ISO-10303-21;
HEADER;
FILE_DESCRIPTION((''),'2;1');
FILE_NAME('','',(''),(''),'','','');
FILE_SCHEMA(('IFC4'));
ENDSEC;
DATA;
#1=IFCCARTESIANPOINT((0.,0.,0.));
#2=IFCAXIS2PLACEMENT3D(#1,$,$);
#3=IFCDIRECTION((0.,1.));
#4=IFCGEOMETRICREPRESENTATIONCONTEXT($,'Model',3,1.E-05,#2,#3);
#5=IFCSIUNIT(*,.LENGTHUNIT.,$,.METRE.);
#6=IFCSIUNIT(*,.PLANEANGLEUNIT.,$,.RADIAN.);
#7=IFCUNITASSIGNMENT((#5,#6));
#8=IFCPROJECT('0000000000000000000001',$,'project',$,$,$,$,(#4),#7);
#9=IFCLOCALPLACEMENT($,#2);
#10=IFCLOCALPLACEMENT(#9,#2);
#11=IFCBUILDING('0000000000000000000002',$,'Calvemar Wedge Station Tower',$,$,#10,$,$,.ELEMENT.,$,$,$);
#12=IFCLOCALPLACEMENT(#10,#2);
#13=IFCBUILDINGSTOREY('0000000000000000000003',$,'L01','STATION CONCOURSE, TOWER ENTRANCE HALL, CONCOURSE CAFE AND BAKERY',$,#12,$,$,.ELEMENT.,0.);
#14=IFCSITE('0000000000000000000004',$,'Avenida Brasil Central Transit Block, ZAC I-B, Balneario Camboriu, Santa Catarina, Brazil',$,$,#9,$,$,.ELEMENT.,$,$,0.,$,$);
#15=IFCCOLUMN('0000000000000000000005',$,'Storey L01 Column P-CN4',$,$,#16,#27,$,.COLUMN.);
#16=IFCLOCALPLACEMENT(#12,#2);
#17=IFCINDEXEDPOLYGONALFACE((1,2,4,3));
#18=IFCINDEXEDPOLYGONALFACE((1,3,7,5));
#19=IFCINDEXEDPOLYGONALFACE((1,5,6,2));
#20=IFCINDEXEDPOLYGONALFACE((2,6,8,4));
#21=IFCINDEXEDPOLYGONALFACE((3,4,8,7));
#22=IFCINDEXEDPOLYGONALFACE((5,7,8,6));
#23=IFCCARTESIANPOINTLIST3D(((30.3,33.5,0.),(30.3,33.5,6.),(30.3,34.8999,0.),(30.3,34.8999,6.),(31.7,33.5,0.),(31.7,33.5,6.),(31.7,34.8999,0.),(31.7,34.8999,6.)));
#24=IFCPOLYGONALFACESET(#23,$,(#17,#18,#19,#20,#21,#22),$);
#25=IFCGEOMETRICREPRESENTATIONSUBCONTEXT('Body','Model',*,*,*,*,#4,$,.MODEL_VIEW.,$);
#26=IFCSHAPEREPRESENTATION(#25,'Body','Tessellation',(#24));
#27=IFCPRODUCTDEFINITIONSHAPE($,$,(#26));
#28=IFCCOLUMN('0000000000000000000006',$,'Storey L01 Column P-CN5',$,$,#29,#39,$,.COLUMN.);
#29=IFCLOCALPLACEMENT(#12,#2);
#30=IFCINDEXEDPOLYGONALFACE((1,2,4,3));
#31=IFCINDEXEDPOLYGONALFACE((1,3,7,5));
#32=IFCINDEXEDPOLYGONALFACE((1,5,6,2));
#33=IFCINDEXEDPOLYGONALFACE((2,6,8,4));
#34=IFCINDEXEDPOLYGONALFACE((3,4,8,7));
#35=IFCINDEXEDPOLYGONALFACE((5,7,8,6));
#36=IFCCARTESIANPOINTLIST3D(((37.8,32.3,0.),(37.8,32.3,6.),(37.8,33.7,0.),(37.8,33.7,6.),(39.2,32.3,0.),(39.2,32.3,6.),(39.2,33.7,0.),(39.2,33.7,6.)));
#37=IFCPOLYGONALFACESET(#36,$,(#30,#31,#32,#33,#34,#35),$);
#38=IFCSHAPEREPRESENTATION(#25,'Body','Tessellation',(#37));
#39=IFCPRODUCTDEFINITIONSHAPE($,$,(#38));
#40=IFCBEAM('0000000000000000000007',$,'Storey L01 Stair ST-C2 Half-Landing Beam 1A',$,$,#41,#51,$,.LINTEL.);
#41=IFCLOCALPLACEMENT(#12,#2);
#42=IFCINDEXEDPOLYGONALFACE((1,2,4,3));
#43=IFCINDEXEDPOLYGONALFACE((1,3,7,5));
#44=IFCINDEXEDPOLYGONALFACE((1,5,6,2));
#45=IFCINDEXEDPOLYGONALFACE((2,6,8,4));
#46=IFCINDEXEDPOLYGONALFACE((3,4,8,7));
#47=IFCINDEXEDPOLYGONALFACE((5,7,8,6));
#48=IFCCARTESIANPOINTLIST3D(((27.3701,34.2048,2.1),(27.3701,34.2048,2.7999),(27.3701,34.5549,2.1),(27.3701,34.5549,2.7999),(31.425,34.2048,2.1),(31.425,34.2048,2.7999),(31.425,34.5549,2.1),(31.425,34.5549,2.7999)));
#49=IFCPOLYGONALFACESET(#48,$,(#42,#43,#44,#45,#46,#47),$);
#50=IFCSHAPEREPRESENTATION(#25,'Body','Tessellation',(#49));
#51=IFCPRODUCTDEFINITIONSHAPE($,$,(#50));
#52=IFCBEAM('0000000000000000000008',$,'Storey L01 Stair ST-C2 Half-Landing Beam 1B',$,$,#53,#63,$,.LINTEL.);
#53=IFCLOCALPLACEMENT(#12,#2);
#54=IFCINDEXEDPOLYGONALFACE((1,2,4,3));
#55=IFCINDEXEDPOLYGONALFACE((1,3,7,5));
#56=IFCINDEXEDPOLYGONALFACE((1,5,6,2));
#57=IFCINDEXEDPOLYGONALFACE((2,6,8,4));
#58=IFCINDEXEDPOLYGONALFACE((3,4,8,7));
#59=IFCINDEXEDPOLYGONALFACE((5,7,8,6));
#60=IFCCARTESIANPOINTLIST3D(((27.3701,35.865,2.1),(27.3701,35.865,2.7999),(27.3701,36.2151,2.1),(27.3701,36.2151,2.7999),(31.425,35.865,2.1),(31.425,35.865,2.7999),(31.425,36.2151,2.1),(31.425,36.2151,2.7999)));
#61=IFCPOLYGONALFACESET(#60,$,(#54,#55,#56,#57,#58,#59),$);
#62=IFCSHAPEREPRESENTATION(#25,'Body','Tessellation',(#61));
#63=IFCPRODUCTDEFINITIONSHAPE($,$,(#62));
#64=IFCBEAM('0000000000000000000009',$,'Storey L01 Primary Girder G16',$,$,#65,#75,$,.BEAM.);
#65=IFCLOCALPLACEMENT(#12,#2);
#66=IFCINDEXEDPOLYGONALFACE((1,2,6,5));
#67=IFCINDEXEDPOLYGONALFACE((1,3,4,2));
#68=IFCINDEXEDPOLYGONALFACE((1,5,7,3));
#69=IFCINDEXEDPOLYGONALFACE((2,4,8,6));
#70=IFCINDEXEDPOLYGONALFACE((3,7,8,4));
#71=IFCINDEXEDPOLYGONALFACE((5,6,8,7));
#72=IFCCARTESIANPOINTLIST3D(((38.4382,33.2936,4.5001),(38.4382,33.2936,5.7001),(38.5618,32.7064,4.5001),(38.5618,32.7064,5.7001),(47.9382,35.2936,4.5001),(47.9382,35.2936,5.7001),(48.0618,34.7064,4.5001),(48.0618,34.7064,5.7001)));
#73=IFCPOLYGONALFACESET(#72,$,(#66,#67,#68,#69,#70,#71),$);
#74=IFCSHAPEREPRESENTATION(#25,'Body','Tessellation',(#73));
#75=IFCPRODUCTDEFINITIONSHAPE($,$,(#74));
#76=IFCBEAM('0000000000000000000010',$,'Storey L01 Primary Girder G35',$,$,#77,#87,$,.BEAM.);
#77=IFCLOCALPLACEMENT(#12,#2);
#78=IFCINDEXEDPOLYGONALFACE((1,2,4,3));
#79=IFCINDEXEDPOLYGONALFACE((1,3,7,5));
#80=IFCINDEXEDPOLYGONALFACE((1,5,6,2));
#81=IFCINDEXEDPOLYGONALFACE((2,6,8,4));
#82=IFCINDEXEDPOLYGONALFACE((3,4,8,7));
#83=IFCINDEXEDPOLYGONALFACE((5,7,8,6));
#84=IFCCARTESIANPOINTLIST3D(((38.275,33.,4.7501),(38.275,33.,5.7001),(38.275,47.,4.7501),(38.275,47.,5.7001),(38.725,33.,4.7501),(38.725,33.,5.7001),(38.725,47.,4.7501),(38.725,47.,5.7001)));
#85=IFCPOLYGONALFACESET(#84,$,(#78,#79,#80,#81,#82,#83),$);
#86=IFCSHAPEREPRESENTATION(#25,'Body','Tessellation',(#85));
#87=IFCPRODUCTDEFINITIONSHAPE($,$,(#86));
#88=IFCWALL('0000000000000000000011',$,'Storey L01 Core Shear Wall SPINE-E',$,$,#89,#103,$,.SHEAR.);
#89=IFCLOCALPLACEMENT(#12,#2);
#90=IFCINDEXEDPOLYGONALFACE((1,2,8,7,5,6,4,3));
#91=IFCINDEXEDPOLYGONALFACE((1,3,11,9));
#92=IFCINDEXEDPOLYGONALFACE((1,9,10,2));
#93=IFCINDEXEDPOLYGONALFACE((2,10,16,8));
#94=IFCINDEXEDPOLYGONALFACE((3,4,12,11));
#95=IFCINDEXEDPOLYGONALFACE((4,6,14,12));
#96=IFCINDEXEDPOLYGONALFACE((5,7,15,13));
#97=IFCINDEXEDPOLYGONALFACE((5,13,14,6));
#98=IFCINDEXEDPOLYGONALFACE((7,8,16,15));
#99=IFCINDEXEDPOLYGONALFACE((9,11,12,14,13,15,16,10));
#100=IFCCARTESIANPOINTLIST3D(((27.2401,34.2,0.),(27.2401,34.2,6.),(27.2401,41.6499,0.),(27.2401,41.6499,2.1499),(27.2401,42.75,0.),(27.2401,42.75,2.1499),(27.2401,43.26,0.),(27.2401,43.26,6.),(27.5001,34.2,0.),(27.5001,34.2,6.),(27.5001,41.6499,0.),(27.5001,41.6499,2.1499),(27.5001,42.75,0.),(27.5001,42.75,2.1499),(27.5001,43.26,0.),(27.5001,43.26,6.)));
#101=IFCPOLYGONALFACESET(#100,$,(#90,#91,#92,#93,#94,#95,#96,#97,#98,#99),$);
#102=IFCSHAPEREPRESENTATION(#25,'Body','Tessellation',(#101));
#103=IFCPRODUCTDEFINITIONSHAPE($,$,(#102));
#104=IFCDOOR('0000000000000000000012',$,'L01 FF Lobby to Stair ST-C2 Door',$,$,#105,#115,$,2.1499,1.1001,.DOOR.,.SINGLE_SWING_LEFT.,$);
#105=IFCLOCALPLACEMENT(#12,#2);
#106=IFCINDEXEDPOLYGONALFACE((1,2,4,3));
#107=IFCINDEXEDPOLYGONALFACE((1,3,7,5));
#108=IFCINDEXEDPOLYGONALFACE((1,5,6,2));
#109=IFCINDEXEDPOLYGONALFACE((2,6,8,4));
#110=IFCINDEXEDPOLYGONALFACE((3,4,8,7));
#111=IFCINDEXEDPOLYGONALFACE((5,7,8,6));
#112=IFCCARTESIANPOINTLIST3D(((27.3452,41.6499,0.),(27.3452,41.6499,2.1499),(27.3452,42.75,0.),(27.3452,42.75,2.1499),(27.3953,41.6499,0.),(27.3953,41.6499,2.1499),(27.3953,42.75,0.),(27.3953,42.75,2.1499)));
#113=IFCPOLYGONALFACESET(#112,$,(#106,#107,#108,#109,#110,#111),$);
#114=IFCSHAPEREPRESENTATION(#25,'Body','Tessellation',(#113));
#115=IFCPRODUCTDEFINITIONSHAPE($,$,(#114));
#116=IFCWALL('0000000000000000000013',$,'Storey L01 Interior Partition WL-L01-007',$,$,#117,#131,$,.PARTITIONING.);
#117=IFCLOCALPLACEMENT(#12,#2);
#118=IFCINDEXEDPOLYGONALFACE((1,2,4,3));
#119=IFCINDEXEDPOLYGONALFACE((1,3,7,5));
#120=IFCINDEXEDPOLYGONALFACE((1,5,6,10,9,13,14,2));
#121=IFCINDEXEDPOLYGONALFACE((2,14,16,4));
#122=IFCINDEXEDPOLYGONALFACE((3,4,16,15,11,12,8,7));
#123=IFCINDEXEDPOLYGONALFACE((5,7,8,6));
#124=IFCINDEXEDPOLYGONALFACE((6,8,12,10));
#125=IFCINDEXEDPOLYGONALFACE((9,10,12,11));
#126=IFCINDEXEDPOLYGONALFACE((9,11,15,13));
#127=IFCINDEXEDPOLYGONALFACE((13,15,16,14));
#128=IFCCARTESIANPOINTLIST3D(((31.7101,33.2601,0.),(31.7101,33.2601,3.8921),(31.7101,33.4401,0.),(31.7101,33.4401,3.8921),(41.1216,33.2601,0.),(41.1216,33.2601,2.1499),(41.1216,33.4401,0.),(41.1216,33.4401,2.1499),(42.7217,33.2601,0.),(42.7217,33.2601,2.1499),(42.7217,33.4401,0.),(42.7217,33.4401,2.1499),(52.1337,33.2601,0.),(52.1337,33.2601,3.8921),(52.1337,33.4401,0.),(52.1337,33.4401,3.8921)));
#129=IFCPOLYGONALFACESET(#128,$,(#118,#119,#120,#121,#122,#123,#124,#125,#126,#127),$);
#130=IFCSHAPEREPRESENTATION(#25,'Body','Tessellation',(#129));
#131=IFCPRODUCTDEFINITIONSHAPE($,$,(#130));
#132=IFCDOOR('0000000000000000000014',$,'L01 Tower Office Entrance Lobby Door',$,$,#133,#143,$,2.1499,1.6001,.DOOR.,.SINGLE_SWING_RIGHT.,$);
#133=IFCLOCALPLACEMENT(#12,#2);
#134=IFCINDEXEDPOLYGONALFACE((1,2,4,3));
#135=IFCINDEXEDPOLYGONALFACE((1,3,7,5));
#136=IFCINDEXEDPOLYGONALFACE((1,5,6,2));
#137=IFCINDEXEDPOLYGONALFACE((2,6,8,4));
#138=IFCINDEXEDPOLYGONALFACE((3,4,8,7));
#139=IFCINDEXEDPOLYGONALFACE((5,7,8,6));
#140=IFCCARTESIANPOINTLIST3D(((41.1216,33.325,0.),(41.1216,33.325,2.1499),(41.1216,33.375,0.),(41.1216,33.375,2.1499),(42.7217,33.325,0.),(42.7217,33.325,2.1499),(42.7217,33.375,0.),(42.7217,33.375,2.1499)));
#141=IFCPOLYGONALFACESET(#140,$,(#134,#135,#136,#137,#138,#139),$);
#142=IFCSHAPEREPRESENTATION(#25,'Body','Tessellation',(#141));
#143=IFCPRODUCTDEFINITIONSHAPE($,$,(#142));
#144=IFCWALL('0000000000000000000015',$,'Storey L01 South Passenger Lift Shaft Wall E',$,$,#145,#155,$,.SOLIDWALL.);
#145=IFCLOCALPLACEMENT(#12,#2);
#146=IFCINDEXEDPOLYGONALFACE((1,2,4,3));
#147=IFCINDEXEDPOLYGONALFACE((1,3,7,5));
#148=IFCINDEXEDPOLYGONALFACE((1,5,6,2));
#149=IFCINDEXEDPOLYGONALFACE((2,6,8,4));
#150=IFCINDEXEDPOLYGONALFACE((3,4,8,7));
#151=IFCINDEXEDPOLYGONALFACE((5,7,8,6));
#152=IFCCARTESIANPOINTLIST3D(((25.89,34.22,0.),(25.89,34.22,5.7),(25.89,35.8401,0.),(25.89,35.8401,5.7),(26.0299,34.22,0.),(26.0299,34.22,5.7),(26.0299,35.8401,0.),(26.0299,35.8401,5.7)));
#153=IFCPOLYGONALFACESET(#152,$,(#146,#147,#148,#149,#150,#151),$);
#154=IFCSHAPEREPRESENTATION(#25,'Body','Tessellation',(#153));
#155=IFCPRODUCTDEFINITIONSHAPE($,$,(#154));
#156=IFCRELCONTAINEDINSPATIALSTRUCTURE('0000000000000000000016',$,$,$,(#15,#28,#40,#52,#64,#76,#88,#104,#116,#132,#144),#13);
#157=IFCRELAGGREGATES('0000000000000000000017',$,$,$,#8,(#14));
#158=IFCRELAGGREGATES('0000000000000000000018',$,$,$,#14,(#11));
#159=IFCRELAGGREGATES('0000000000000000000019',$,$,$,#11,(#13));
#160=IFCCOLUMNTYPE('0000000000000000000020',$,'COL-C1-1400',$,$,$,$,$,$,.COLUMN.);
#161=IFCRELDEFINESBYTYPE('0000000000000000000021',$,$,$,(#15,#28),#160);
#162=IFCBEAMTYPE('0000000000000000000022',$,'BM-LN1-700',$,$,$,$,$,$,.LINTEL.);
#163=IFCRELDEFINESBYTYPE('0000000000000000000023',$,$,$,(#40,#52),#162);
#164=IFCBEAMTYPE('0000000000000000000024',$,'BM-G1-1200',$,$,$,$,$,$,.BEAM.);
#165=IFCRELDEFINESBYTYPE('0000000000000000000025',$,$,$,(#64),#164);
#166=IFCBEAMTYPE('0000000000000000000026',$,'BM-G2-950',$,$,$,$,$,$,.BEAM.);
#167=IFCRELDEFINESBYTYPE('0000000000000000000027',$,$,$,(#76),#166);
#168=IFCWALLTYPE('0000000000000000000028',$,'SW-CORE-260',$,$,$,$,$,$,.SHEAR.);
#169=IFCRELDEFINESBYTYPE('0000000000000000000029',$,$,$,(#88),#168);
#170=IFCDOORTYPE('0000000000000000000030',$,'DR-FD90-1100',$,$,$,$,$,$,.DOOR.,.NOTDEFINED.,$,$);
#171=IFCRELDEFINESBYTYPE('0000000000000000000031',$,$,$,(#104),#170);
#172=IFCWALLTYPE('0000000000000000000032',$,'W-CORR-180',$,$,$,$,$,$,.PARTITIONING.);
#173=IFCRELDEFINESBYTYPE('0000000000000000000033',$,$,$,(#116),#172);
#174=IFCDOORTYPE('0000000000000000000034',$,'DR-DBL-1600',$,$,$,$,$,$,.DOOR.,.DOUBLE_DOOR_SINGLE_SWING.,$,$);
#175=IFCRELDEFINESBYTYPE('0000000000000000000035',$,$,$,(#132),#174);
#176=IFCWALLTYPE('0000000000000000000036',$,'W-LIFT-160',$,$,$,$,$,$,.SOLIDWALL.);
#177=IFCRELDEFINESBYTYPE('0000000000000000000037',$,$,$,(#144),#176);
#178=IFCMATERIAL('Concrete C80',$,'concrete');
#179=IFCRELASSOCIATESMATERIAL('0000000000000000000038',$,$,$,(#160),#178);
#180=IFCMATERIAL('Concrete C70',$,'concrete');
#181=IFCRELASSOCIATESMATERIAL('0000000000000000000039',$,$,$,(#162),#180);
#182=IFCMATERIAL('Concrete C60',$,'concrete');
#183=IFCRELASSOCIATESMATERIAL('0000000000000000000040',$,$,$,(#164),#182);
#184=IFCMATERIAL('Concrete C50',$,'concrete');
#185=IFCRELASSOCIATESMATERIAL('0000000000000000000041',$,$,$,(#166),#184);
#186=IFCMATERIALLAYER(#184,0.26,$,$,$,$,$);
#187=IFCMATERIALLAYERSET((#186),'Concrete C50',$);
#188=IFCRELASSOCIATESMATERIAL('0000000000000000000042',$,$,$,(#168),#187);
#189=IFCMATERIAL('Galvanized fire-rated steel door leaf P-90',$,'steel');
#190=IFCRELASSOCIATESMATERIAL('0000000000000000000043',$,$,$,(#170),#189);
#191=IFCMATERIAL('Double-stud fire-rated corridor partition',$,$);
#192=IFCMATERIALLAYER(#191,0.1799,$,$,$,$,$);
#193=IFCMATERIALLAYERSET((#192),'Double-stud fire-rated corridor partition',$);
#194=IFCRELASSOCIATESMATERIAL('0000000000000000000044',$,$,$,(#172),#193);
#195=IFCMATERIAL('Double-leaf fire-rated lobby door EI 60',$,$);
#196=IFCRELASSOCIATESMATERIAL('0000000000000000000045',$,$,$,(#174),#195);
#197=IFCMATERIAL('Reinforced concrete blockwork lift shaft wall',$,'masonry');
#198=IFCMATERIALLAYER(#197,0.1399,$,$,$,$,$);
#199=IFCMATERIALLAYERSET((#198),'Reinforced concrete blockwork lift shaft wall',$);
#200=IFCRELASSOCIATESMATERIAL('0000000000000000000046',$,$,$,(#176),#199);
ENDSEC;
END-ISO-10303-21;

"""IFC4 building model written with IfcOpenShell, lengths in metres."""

from ifc_helpers import new_model, si_unit, direction, frame, frame_2d, origin, origin_2d, place, context, subcontext, project, spatial, rectangle, extrude, source, transform, mapped, material, layer, layer_set, material_profile, profile_set, type_object, element, fill, save


model = new_model("IFC4")

# Units and contexts
model_context = context("Model", 3, precision=1e-05, world=origin(), true_north=direction((0.0, 1.0)))
body_context = subcontext(model_context, "Body", "Model", "MODEL_VIEW")
ifc_project = project(units=[si_unit("LENGTHUNIT", "METRE"), si_unit("PLANEANGLEUNIT", "RADIAN")], contexts=[model_context])

# Site, building, storey
site_placement = place(None, origin())
site = spatial("IfcSite", under=ifc_project, at=site_placement, Name="Avenida Brasil Central Transit Block, ZAC I-B, Balneario Camboriu, Santa Catarina, Brazil", CompositionType="ELEMENT", RefElevation=0.0)
building_placement = place(site_placement, origin())
building = spatial("IfcBuilding", under=site, at=building_placement, Name="Calvemar Wedge Station Tower", CompositionType="ELEMENT")
storey_placement = place(building_placement, origin())
storey = spatial("IfcBuildingStorey", under=building, at=storey_placement, Name="L01", Description="STATION CONCOURSE, TOWER ENTRANCE HALL, CONCOURSE CAFE AND BAKERY", CompositionType="ELEMENT", Elevation=0.0)

# Columns
ifc_material_1 = material(Name="Concrete C80", Category="concrete")
ifc_material_profile_1 = material_profile(ifc_material_1, rectangle(XDim=1.3999, YDim=1.3999, at=origin_2d()), Name="RC1400x1400")
ifc_profile_set_1 = profile_set([ifc_material_profile_1], Name="Concrete C80")
column_type = type_object("IfcColumnType", Name="COL-C1-1400", PredefinedType="COLUMN", material=ifc_profile_set_1)
shared_shape_1 = source(origin(), body_context, "Body", "SweptSolid", [
    extrude(rectangle(XDim=1.3999, YDim=1.3999, at=origin_2d()), origin(), (0.0, 0.0, 1.0), 6.0),
])
for number, where, z_axis, x_axis, name in (
    (1, (31.0, 34.2, 0.0), (0.0, 0.0, 1.0), (1.0, 0.0, 0.0), "Storey L01 Column P-CN4"),
    (2, (38.5, 33.0, 0.0), (0.0, 0.0, 1.0), (1.0, 0.0, 0.0), "Storey L01 Column P-CN5"),
):
    element("IfcColumn", number, at=place(storey_placement, frame(where, z_axis=z_axis, x_axis=x_axis)), inside=storey, type_object=column_type, Name=name, PredefinedType="COLUMN", context=body_context, shape_type="MappedRepresentation", body=[
        mapped(shared_shape_1, transform((0.0, 0.0, 0.0), scale=1.0)),
    ])

# Beams
ifc_material_2 = material(Name="Concrete C70", Category="concrete")
ifc_material_profile_2 = material_profile(ifc_material_2, rectangle(XDim=0.3501, YDim=0.7, at=origin_2d()), Name="RC350x700")
ifc_profile_set_2 = profile_set([ifc_material_profile_2], Name="Concrete C70")
beam_type_1 = type_object("IfcBeamType", Name="BM-LN1-700", PredefinedType="LINTEL", material=ifc_profile_set_2)
shared_shape_2 = source(origin(), body_context, "Body", "SweptSolid", [
    extrude(rectangle(XDim=0.3501, YDim=0.7, at=origin_2d()), origin(), (0.0, 0.0, 1.0), 4.0549),
])
for number, where, z_axis, x_axis, name in (
    (3, (27.3701, 34.3799, 2.45), (1.0, 0.0, 0.0), (0.0, 1.0, 0.0), "Storey L01 Stair ST-C2 Half-Landing Beam 1A"),
    (4, (27.3701, 36.04, 2.45), (1.0, 0.0, 0.0), (0.0, 1.0, 0.0), "Storey L01 Stair ST-C2 Half-Landing Beam 1B"),
):
    element("IfcBeam", number, at=place(storey_placement, frame(where, z_axis=z_axis, x_axis=x_axis)), inside=storey, type_object=beam_type_1, Name=name, PredefinedType="LINTEL", context=body_context, shape_type="MappedRepresentation", body=[
        mapped(shared_shape_2, transform((0.0, 0.0, 0.0), scale=1.0)),
    ])
ifc_material_3 = material(Name="Concrete C60", Category="concrete")
ifc_material_profile_3 = material_profile(ifc_material_3, rectangle(XDim=0.6001, YDim=1.2, at=origin_2d()), Name="RC600x1200")
ifc_profile_set_3 = profile_set([ifc_material_profile_3], Name="Concrete C60")
beam_type_2 = type_object("IfcBeamType", Name="BM-G1-1200", PredefinedType="BEAM", material=ifc_profile_set_3)
shared_shape_3 = source(origin(), body_context, "Body", "SweptSolid", [
    extrude(rectangle(XDim=0.6001, YDim=1.2, at=origin_2d()), origin(), (0.0, 0.0, 1.0), 9.7083),
])
beam_1_placement = place(storey_placement, frame((38.5, 33.0, 5.1001), z_axis=(0.97855, 0.20601, 0.0), x_axis=(-0.20601, 0.97855, 0.0)))
element("IfcBeam", 5, at=beam_1_placement, inside=storey, type_object=beam_type_2, Name="Storey L01 Primary Girder G16", PredefinedType="BEAM", context=body_context, shape_type="MappedRepresentation", body=[
    mapped(shared_shape_3, transform((0.0, 0.0, 0.0), scale=1.0)),
])
ifc_material_4 = material(Name="Concrete C50", Category="concrete")
ifc_material_profile_4 = material_profile(ifc_material_4, rectangle(XDim=0.45, YDim=0.95, at=origin_2d()), Name="RC450x950")
ifc_profile_set_4 = profile_set([ifc_material_profile_4], Name="Concrete C50")
beam_type_3 = type_object("IfcBeamType", Name="BM-G2-950", PredefinedType="BEAM", material=ifc_profile_set_4)
shared_shape_4 = source(origin(), body_context, "Body", "SweptSolid", [
    extrude(rectangle(XDim=0.45, YDim=0.95, at=origin_2d()), origin(), (0.0, 0.0, 1.0), 14.0),
])
beam_2_placement = place(storey_placement, frame((38.5, 33.0, 5.2251), z_axis=(0.0, 1.0, 0.0), x_axis=(-1.0, 0.0, 0.0)))
element("IfcBeam", 6, at=beam_2_placement, inside=storey, type_object=beam_type_3, Name="Storey L01 Primary Girder G35", PredefinedType="BEAM", context=body_context, shape_type="MappedRepresentation", body=[
    mapped(shared_shape_4, transform((0.0, 0.0, 0.0), scale=1.0)),
])

# Walls, openings, doors
ifc_layer_1 = layer(ifc_material_4, 0.26)
ifc_layer_set_1 = layer_set([ifc_layer_1], Name="Concrete C50")
wall_type_1 = type_object("IfcWallType", Name="SW-CORE-260", PredefinedType="SHEAR", material=ifc_layer_set_1)
wall_1_placement = place(storey_placement, frame((27.3701, 34.2, 0.0), z_axis=(0.0, 0.0, 1.0), x_axis=(0.0, 1.0, 0.0)))
wall_1 = element("IfcWall", 7, at=wall_1_placement, inside=storey, type_object=wall_type_1, Name="Storey L01 Core Shear Wall SPINE-E", PredefinedType="SHEAR", context=body_context, shape_type="SweptSolid", body=[
    extrude(rectangle(XDim=9.0601, YDim=0.26, at=frame_2d((4.53, 0.0))), origin(), (0.0, 0.0, 1.0), 6.0),
])
shared_shape_5 = source(origin(), body_context, "Body", "SweptSolid", [
    extrude(rectangle(XDim=1.1001, YDim=2.1499, at=frame_2d((0.55, 1.075))), frame((0.0, 0.1401, 0.0), z_axis=(0.0, -1.0, 0.0), x_axis=(1.0, 0.0, 0.0)), (0.0, 0.0, 1.0), 0.28),
])
opening_1_placement = place(wall_1_placement, frame((7.45, 0.0, 0.0)))
opening_1 = element("IfcOpeningElement", 8, at=opening_1_placement, cuts=wall_1, PredefinedType="OPENING", context=body_context, shape_type="MappedRepresentation", body=[
    mapped(shared_shape_5, transform((0.0, 0.0, 0.0), scale=1.0)),
])
ifc_material_5 = material(Name="Galvanized fire-rated steel door leaf P-90", Category="steel")
door_type_1 = type_object("IfcDoorType", Name="DR-FD90-1100", OperationType="NOTDEFINED", PredefinedType="DOOR", material=ifc_material_5)
shared_shape_6 = source(origin(), body_context, "Body", "SweptSolid", [
    extrude(rectangle(XDim=1.1001, YDim=2.1499, at=frame_2d((0.55, 1.075))), frame((0.0, 0.0249, 0.0), z_axis=(0.0, -1.0, 0.0), x_axis=(1.0, 0.0, 0.0)), (0.0, 0.0, 1.0), 0.05),
])
door_1_placement = place(opening_1_placement, origin())
door_1 = element("IfcDoor", 9, at=door_1_placement, inside=storey, type_object=door_type_1, Name="L01 FF Lobby to Stair ST-C2 Door", OperationType="SINGLE_SWING_LEFT", OverallHeight=2.1499, OverallWidth=1.1001, PredefinedType="DOOR", context=body_context, shape_type="MappedRepresentation", body=[
    mapped(shared_shape_6, transform((0.0, 0.0, 0.0), scale=1.0)),
])
fill(opening_1, door_1)
ifc_material_6 = material(Name="Double-stud fire-rated corridor partition")
ifc_layer_2 = layer(ifc_material_6, 0.1799)
ifc_layer_set_2 = layer_set([ifc_layer_2], Name="Double-stud fire-rated corridor partition")
wall_type_2 = type_object("IfcWallType", Name="W-CORR-180", PredefinedType="PARTITIONING", material=ifc_layer_set_2)
wall_2_placement = place(storey_placement, frame((31.71, 33.3501, 0.0), z_axis=(0.0, 0.0, 1.0), x_axis=(1.0, 0.0, 0.0)))
wall_2 = element("IfcWall", 10, at=wall_2_placement, inside=storey, type_object=wall_type_2, Name="Storey L01 Interior Partition WL-L01-007", PredefinedType="PARTITIONING", context=body_context, shape_type="SweptSolid", body=[
    extrude(rectangle(XDim=20.4236, YDim=0.1799, at=frame_2d((10.2119, 0.0))), origin(), (0.0, 0.0, 1.0), 3.8921),
])
shared_shape_7 = source(origin(), body_context, "Body", "SweptSolid", [
    extrude(rectangle(XDim=1.6001, YDim=2.1499, at=frame_2d((0.8, 1.075))), frame((0.0, 0.1001, 0.0), z_axis=(0.0, -1.0, 0.0), x_axis=(1.0, 0.0, 0.0)), (0.0, 0.0, 1.0), 0.2),
])
opening_2_placement = place(wall_2_placement, frame((9.4116, 0.0, 0.0)))
opening_2 = element("IfcOpeningElement", 11, at=opening_2_placement, cuts=wall_2, PredefinedType="OPENING", context=body_context, shape_type="MappedRepresentation", body=[
    mapped(shared_shape_7, transform((0.0, 0.0, 0.0), scale=1.0)),
])
ifc_material_7 = material(Name="Double-leaf fire-rated lobby door EI 60")
door_type_2 = type_object("IfcDoorType", Name="DR-DBL-1600", OperationType="DOUBLE_DOOR_SINGLE_SWING", PredefinedType="DOOR", material=ifc_material_7)
shared_shape_8 = source(origin(), body_context, "Body", "SweptSolid", [
    extrude(rectangle(XDim=1.6001, YDim=2.1499, at=frame_2d((0.8, 1.075))), frame((0.0, 0.0249, 0.0), z_axis=(0.0, -1.0, 0.0), x_axis=(1.0, 0.0, 0.0)), (0.0, 0.0, 1.0), 0.05),
])
door_2_placement = place(opening_2_placement, origin())
door_2 = element("IfcDoor", 12, at=door_2_placement, inside=storey, type_object=door_type_2, Name="L01 Tower Office Entrance Lobby Door", OperationType="SINGLE_SWING_RIGHT", OverallHeight=2.1499, OverallWidth=1.6001, PredefinedType="DOOR", context=body_context, shape_type="MappedRepresentation", body=[
    mapped(shared_shape_8, transform((0.0, 0.0, 0.0), scale=1.0)),
])
fill(opening_2, door_2)

# Wall
ifc_material_8 = material(Name="Reinforced concrete blockwork lift shaft wall", Category="masonry")
ifc_layer_3 = layer(ifc_material_8, 0.1399)
ifc_layer_set_3 = layer_set([ifc_layer_3], Name="Reinforced concrete blockwork lift shaft wall")
wall_type_3 = type_object("IfcWallType", Name="W-LIFT-160", PredefinedType="SOLIDWALL", material=ifc_layer_set_3)
wall_3_placement = place(storey_placement, frame((25.96, 34.22, 0.0), z_axis=(0.0, 0.0, 1.0), x_axis=(0.0, 1.0, 0.0)))
element("IfcWall", 13, at=wall_3_placement, inside=storey, type_object=wall_type_3, Name="Storey L01 South Passenger Lift Shaft Wall E", PredefinedType="SOLIDWALL", context=body_context, shape_type="SweptSolid", body=[
    extrude(rectangle(XDim=1.6201, YDim=0.1399, at=frame_2d((0.8101, 0.0))), origin(), (0.0, 0.0, 1.0), 5.7),
])

save(model, "model.ifc")
